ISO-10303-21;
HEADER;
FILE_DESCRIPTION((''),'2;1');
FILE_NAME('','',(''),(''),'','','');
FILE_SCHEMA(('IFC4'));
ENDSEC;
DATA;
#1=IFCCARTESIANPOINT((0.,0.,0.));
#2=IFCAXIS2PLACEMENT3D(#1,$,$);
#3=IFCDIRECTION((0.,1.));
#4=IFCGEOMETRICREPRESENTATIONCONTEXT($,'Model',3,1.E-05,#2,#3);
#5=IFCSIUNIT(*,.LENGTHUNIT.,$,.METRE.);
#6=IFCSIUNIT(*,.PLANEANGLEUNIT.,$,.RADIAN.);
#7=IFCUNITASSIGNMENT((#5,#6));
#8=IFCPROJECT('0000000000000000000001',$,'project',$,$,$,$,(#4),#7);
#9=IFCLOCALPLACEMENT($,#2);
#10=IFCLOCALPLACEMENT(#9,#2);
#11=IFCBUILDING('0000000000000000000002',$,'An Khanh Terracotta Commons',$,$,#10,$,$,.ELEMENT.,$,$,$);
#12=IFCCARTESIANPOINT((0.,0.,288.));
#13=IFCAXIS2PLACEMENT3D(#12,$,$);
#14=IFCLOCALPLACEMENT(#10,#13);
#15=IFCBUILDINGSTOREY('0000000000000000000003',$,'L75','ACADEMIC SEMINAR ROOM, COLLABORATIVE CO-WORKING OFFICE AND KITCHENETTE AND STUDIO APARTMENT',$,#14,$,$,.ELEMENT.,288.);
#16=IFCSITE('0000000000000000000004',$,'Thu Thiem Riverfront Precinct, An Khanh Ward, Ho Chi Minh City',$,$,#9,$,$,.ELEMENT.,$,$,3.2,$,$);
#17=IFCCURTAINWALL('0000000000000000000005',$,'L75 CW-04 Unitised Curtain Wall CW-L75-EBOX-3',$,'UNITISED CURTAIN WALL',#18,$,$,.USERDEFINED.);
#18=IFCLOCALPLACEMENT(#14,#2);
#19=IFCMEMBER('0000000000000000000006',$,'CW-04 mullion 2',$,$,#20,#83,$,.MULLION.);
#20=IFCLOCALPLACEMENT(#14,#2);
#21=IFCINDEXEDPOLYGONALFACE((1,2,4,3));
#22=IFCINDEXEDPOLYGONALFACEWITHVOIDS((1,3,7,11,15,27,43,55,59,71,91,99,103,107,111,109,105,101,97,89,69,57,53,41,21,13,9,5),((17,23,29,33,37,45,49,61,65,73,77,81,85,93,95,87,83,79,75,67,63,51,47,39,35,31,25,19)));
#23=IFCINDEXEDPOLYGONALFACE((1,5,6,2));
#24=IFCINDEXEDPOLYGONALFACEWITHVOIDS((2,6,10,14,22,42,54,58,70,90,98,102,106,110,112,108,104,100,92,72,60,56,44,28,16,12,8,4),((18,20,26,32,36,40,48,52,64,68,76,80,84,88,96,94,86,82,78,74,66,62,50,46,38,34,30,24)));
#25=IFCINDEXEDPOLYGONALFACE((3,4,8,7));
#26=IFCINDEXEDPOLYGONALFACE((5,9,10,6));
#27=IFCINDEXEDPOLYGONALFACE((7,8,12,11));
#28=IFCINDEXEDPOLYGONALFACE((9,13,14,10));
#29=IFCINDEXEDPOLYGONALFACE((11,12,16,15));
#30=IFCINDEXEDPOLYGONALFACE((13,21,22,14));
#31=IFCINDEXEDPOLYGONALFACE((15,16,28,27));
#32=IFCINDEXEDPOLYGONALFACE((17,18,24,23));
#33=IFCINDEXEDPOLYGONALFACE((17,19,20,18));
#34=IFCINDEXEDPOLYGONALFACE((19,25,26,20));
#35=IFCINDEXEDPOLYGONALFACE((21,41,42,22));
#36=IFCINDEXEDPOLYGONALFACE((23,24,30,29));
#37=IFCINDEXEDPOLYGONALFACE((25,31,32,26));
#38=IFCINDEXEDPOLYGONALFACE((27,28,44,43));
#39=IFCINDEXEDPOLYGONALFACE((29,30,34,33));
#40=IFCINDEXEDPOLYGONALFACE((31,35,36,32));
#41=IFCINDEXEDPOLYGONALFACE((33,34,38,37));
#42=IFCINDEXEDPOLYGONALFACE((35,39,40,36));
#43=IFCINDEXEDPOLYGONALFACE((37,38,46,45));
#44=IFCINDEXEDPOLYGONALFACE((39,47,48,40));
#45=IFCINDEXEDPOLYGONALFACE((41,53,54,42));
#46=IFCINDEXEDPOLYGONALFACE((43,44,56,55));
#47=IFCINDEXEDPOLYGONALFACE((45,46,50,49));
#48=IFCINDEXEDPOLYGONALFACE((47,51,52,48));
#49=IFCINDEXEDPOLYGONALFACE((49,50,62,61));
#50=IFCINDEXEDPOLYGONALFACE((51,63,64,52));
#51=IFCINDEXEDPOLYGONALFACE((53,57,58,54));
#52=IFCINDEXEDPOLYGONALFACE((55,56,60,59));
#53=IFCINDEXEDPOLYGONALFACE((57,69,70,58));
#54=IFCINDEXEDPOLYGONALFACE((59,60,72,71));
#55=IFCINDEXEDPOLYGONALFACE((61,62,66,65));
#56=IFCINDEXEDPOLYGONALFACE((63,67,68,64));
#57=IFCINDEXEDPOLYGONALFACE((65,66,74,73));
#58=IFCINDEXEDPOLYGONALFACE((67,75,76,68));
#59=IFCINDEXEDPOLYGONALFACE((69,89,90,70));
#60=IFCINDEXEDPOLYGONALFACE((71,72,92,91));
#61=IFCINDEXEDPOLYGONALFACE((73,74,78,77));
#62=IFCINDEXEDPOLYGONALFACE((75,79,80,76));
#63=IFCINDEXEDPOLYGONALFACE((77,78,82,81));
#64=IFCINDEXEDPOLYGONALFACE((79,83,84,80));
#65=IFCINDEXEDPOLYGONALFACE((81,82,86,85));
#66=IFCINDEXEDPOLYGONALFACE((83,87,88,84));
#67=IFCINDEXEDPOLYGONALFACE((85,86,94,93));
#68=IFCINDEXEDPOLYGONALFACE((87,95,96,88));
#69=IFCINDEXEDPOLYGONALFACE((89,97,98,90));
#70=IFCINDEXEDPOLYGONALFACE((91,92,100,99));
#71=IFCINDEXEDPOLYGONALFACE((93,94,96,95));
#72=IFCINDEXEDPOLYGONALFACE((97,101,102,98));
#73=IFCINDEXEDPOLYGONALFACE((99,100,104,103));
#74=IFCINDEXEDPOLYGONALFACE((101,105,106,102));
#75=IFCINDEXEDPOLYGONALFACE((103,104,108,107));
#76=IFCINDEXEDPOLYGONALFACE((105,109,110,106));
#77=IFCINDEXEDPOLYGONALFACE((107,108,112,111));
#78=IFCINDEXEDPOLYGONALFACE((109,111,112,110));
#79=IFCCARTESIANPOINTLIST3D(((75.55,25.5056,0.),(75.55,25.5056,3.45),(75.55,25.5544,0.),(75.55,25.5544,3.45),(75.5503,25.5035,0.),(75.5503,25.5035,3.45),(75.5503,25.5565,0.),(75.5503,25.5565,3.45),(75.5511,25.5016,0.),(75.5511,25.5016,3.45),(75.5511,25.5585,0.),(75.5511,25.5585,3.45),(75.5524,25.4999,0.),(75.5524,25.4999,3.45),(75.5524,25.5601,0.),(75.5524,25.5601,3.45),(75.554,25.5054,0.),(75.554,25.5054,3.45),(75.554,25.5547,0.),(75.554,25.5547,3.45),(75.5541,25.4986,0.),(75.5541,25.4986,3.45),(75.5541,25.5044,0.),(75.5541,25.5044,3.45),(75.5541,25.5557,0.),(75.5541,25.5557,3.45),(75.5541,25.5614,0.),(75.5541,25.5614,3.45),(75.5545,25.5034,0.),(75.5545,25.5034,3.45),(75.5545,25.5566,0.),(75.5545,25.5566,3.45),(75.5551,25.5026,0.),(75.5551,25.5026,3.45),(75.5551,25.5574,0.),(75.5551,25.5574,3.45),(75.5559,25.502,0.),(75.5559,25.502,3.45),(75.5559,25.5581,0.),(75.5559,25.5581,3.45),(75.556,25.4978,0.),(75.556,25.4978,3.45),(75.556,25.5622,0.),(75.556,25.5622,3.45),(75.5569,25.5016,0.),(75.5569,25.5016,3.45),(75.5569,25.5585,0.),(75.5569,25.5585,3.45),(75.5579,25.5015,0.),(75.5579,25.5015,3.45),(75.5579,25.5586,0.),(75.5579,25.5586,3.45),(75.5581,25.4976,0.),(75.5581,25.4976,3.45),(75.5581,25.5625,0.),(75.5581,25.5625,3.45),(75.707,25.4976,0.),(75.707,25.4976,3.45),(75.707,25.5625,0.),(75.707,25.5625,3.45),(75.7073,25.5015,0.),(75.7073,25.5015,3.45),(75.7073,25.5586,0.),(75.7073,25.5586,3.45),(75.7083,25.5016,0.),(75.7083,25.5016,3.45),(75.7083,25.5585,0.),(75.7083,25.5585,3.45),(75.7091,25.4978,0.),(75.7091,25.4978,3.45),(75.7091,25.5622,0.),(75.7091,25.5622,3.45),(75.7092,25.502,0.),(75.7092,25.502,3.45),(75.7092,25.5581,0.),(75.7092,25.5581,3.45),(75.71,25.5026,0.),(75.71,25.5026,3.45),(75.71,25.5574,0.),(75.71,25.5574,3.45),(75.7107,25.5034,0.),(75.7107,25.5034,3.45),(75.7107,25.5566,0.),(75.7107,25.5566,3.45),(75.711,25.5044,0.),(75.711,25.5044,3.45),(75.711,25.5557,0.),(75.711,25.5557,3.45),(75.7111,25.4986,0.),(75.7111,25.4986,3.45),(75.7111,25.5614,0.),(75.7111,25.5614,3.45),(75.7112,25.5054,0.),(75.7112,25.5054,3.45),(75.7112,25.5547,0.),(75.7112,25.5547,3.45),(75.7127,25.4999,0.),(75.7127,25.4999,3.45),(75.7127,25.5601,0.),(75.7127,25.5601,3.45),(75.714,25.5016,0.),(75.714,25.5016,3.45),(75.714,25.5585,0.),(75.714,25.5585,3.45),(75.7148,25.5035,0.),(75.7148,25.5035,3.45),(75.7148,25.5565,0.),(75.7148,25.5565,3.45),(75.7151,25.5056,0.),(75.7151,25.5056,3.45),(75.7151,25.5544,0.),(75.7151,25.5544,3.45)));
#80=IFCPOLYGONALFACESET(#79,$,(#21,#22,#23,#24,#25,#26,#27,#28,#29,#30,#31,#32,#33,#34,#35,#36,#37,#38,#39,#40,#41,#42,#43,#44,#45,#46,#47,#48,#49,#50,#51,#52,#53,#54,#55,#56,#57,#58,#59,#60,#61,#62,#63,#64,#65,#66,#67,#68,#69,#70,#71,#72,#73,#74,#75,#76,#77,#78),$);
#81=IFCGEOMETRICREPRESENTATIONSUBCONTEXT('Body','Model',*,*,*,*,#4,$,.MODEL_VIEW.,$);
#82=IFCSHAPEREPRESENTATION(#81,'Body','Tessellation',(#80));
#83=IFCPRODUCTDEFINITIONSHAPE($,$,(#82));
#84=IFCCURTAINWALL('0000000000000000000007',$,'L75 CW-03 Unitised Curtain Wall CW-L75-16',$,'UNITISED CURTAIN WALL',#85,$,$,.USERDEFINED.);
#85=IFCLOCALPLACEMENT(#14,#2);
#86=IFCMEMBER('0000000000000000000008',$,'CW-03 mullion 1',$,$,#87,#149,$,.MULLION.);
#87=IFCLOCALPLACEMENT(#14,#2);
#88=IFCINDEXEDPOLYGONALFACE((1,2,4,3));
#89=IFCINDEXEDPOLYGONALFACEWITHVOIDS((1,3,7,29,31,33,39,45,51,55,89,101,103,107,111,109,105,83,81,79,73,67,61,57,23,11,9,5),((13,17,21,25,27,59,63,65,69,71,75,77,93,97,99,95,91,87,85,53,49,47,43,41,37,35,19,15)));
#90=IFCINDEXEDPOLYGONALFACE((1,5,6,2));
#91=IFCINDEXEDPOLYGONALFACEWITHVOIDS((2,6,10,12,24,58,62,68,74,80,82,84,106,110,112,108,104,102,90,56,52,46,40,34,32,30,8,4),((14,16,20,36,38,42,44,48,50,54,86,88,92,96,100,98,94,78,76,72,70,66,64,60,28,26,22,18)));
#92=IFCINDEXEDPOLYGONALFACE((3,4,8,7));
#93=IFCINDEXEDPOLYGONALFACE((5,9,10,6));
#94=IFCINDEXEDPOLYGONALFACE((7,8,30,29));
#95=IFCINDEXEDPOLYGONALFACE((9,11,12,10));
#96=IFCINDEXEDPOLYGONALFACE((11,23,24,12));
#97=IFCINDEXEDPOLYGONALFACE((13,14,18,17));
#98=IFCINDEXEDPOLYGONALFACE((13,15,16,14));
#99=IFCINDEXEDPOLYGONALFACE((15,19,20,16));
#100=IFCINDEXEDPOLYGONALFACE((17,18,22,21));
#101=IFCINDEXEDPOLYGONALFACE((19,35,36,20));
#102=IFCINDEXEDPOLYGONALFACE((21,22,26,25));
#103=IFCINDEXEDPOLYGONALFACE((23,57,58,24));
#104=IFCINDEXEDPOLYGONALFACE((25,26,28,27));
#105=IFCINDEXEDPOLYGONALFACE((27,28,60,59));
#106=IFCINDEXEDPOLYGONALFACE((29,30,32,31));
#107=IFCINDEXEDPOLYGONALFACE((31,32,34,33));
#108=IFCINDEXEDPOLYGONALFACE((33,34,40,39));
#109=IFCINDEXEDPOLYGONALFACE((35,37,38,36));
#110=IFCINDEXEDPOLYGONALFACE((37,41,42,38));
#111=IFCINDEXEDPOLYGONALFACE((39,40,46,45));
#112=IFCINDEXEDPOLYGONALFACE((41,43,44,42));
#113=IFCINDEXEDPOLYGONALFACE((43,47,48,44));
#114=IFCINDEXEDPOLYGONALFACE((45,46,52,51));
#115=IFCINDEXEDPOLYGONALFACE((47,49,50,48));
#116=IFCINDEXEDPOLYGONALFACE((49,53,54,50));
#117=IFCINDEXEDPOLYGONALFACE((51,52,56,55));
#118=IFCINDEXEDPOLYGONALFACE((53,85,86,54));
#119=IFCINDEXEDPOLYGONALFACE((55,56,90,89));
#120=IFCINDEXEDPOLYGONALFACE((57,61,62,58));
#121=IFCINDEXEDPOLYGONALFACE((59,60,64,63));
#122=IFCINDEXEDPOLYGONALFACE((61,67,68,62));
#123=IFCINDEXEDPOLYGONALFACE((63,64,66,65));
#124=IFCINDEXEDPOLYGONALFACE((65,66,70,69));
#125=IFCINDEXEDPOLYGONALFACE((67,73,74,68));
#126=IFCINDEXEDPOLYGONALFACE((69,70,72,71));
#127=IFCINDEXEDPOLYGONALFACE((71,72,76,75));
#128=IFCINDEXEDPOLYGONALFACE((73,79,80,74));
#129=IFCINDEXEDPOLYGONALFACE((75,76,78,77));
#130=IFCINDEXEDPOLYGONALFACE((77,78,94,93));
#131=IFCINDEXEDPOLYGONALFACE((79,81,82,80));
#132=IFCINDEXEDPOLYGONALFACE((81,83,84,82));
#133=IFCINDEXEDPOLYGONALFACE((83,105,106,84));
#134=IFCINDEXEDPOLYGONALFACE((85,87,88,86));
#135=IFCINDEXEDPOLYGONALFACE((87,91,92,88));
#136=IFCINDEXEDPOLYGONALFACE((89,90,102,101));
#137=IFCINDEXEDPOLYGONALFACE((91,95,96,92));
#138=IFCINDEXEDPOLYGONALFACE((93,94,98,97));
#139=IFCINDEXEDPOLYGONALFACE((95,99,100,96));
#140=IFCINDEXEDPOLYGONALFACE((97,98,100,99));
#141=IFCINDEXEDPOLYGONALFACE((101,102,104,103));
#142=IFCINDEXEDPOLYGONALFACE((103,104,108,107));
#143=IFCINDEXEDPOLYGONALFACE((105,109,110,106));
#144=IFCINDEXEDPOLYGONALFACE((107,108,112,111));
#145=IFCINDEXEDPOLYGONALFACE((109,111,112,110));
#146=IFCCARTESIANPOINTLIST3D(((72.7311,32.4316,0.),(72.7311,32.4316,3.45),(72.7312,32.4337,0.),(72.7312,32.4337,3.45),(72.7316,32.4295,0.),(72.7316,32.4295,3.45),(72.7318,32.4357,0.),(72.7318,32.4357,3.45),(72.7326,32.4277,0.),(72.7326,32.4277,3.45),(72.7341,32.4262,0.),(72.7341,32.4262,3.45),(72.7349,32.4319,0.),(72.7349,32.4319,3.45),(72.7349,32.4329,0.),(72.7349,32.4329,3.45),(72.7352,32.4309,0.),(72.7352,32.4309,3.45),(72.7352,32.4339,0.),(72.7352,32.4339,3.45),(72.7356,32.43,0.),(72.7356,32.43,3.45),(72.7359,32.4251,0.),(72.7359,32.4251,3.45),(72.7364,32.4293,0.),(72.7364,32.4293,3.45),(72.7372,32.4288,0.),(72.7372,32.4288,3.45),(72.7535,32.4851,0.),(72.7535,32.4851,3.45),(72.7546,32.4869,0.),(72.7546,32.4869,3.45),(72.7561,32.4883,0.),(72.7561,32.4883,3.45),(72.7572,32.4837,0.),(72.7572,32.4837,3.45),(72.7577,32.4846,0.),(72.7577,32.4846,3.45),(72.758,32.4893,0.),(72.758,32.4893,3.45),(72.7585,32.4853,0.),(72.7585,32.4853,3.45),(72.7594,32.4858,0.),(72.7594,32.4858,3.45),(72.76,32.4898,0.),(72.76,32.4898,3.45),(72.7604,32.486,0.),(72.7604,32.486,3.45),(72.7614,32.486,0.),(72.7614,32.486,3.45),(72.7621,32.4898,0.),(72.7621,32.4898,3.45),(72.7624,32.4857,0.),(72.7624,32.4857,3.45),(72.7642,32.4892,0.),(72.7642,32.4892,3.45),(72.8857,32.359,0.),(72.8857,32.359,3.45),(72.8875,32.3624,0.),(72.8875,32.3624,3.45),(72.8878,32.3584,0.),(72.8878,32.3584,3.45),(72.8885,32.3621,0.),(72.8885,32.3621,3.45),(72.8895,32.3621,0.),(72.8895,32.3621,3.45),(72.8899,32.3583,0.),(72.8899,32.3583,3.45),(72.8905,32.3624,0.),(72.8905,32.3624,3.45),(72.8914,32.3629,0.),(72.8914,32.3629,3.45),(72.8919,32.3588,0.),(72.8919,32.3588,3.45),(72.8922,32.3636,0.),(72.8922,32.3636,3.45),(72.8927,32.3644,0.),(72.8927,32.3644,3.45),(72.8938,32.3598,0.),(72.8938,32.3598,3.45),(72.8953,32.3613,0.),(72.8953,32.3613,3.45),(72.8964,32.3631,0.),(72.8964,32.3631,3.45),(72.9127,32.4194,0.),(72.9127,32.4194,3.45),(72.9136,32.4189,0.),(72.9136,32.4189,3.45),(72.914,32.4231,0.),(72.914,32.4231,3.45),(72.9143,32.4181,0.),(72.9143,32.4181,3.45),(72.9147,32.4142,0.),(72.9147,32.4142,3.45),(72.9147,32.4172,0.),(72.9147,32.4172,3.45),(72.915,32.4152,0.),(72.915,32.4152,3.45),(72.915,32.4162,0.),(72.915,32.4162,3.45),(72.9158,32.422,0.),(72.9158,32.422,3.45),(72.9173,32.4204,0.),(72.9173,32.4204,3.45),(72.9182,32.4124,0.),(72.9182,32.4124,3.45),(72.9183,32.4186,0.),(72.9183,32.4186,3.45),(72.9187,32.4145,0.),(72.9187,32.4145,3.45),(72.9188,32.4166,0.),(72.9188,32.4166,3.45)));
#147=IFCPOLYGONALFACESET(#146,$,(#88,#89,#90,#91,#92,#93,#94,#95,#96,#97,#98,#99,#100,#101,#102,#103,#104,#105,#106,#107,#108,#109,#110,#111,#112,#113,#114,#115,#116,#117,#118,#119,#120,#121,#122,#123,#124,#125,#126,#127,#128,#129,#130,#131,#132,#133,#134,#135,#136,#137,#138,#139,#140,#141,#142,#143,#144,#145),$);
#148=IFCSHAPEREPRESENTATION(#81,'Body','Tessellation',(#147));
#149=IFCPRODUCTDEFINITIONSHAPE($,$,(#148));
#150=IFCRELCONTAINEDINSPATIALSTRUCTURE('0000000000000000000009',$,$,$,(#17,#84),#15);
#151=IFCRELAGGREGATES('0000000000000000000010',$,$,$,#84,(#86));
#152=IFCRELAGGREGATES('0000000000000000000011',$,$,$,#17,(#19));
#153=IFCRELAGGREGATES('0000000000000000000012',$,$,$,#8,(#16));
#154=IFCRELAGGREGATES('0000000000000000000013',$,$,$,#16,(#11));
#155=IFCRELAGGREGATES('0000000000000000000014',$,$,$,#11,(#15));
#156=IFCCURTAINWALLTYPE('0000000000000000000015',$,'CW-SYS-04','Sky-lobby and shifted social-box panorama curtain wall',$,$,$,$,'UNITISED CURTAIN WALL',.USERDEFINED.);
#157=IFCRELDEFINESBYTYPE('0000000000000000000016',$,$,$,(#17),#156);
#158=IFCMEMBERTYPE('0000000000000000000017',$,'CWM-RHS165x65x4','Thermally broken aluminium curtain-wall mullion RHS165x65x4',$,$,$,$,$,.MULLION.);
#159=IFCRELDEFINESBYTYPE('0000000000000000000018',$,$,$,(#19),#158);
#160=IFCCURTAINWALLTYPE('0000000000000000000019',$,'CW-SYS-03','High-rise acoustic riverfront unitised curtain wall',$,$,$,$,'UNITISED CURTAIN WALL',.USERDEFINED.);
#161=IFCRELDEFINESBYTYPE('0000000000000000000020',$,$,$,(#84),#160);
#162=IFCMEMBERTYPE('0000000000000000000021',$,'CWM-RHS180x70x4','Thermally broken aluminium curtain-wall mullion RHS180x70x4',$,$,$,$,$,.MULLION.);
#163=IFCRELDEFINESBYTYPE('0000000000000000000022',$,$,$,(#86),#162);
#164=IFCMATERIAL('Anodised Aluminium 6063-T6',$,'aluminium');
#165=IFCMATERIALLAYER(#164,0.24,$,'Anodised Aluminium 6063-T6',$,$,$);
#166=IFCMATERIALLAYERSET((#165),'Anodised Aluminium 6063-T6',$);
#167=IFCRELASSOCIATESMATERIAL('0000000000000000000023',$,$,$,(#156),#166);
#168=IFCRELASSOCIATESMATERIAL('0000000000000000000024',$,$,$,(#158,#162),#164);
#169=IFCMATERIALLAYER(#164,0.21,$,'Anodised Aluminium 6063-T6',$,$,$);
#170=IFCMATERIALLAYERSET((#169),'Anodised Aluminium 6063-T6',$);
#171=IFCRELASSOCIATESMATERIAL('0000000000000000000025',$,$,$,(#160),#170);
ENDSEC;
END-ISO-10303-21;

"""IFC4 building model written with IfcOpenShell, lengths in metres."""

from ifc_helpers import new_model, si_unit, direction, frame, origin, origin_2d, place, context, subcontext, project, spatial, hollow_rectangle, extrude, material, layer, layer_set, material_profile, profile_set, type_object, element, aggregate, save


model = new_model("IFC4")

# Units and contexts
model_context = context("Model", 3, precision=1e-05, world=origin(), true_north=direction((0.0, 1.0)))
body_context = subcontext(model_context, "Body", "Model", "MODEL_VIEW")
ifc_project = project(units=[si_unit("LENGTHUNIT", "METRE"), si_unit("PLANEANGLEUNIT", "RADIAN")], contexts=[model_context])

# Site, building, storey
site_placement = place(None, origin())
site = spatial("IfcSite", under=ifc_project, at=site_placement, Name="Thu Thiem Riverfront Precinct, An Khanh Ward, Ho Chi Minh City", CompositionType="ELEMENT", RefElevation=3.2)
building_placement = place(site_placement, origin())
building = spatial("IfcBuilding", under=site, at=building_placement, Name="An Khanh Terracotta Commons", CompositionType="ELEMENT")
storey_placement = place(building_placement, frame((0.0, 0.0, 288.0)))
storey = spatial("IfcBuildingStorey", under=building, at=storey_placement, Name="L75", Description="ACADEMIC SEMINAR ROOM, COLLABORATIVE CO-WORKING OFFICE AND KITCHENETTE AND STUDIO APARTMENT", CompositionType="ELEMENT", Elevation=288.0)

# Shared definitions
ifc_material_1 = material(Name="Anodised Aluminium 6063-T6", Category="aluminium")
ifc_layer_1 = layer(ifc_material_1, 0.24, Name="Anodised Aluminium 6063-T6")
ifc_layer_set_1 = layer_set([ifc_layer_1], Name="Anodised Aluminium 6063-T6")
curtain_wall_type_1 = type_object("IfcCurtainWallType", Name="CW-SYS-04", Description="Sky-lobby and shifted social-box panorama curtain wall", ElementType="UNITISED CURTAIN WALL", PredefinedType="USERDEFINED", material=ifc_layer_set_1)
ifc_material_profile_1 = material_profile(ifc_material_1, hollow_rectangle(XDim=0.0649, YDim=0.165, WallThickness=0.0039, InnerFilletRadius=0.0039, OuterFilletRadius=0.0081, at=origin_2d()), Name="RHS165x65x4")
ifc_profile_set_1 = profile_set([ifc_material_profile_1], Name="Anodised Aluminium 6063-T6")
member_type_1 = type_object("IfcMemberType", Name="CWM-RHS165x65x4", Description="Thermally broken aluminium curtain-wall mullion RHS165x65x4", PredefinedType="MULLION", material=ifc_profile_set_1)

# Curtain walls, members
curtain_wall_1_placement = place(storey_placement, origin())
curtain_wall_1 = element("IfcCurtainWall", 1, at=curtain_wall_1_placement, inside=storey, type_object=curtain_wall_type_1, Name="L75 CW-04 Unitised Curtain Wall CW-L75-EBOX-3", ObjectType="UNITISED CURTAIN WALL", PredefinedType="USERDEFINED")
member_1_placement = place(storey_placement, frame((75.6326, 25.53, 0.0), z_axis=(0.0, 0.0, 1.0), x_axis=(0.0, -1.0, 0.0)))
member_1 = element("IfcMember", 2, at=member_1_placement, type_object=member_type_1, Name="CW-04 mullion 2", PredefinedType="MULLION", context=body_context, shape_type="SweptSolid", body=[
    extrude(hollow_rectangle(XDim=0.0649, YDim=0.165, WallThickness=0.0039, InnerFilletRadius=0.0039, OuterFilletRadius=0.0081, at=origin_2d()), origin(), (0.0, 0.0, 1.0), 3.45),
])
ifc_layer_2 = layer(ifc_material_1, 0.21, Name="Anodised Aluminium 6063-T6")
ifc_layer_set_2 = layer_set([ifc_layer_2], Name="Anodised Aluminium 6063-T6")
curtain_wall_type_2 = type_object("IfcCurtainWallType", Name="CW-SYS-03", Description="High-rise acoustic riverfront unitised curtain wall", ElementType="UNITISED CURTAIN WALL", PredefinedType="USERDEFINED", material=ifc_layer_set_2)
curtain_wall_2_placement = place(storey_placement, origin())
curtain_wall_2 = element("IfcCurtainWall", 3, at=curtain_wall_2_placement, inside=storey, type_object=curtain_wall_type_2, Name="L75 CW-03 Unitised Curtain Wall CW-L75-16", ObjectType="UNITISED CURTAIN WALL", PredefinedType="USERDEFINED")
ifc_material_profile_2 = material_profile(ifc_material_1, hollow_rectangle(XDim=0.0701, YDim=0.1799, WallThickness=0.0039, InnerFilletRadius=0.0039, OuterFilletRadius=0.0081, at=origin_2d()), Name="RHS180x70x4")
ifc_profile_set_2 = profile_set([ifc_material_profile_2], Name="Anodised Aluminium 6063-T6")
member_type_2 = type_object("IfcMemberType", Name="CWM-RHS180x70x4", Description="Thermally broken aluminium curtain-wall mullion RHS180x70x4", PredefinedType="MULLION", material=ifc_profile_set_2)
member_2_placement = place(storey_placement, frame((72.825, 32.4241, 0.0), z_axis=(0.0, 0.0, 1.0), x_axis=(-0.403676, -0.914902, 0.0)))
member_2 = element("IfcMember", 4, at=member_2_placement, type_object=member_type_2, Name="CW-03 mullion 1", PredefinedType="MULLION", context=body_context, shape_type="SweptSolid", body=[
    extrude(hollow_rectangle(XDim=0.0701, YDim=0.1799, WallThickness=0.0039, InnerFilletRadius=0.0039, OuterFilletRadius=0.0081, at=origin_2d()), origin(), (0.0, 0.0, 1.0), 3.45),
])

aggregate(curtain_wall_2, [member_2])
aggregate(curtain_wall_1, [member_1])

save(model, "model.ifc")
